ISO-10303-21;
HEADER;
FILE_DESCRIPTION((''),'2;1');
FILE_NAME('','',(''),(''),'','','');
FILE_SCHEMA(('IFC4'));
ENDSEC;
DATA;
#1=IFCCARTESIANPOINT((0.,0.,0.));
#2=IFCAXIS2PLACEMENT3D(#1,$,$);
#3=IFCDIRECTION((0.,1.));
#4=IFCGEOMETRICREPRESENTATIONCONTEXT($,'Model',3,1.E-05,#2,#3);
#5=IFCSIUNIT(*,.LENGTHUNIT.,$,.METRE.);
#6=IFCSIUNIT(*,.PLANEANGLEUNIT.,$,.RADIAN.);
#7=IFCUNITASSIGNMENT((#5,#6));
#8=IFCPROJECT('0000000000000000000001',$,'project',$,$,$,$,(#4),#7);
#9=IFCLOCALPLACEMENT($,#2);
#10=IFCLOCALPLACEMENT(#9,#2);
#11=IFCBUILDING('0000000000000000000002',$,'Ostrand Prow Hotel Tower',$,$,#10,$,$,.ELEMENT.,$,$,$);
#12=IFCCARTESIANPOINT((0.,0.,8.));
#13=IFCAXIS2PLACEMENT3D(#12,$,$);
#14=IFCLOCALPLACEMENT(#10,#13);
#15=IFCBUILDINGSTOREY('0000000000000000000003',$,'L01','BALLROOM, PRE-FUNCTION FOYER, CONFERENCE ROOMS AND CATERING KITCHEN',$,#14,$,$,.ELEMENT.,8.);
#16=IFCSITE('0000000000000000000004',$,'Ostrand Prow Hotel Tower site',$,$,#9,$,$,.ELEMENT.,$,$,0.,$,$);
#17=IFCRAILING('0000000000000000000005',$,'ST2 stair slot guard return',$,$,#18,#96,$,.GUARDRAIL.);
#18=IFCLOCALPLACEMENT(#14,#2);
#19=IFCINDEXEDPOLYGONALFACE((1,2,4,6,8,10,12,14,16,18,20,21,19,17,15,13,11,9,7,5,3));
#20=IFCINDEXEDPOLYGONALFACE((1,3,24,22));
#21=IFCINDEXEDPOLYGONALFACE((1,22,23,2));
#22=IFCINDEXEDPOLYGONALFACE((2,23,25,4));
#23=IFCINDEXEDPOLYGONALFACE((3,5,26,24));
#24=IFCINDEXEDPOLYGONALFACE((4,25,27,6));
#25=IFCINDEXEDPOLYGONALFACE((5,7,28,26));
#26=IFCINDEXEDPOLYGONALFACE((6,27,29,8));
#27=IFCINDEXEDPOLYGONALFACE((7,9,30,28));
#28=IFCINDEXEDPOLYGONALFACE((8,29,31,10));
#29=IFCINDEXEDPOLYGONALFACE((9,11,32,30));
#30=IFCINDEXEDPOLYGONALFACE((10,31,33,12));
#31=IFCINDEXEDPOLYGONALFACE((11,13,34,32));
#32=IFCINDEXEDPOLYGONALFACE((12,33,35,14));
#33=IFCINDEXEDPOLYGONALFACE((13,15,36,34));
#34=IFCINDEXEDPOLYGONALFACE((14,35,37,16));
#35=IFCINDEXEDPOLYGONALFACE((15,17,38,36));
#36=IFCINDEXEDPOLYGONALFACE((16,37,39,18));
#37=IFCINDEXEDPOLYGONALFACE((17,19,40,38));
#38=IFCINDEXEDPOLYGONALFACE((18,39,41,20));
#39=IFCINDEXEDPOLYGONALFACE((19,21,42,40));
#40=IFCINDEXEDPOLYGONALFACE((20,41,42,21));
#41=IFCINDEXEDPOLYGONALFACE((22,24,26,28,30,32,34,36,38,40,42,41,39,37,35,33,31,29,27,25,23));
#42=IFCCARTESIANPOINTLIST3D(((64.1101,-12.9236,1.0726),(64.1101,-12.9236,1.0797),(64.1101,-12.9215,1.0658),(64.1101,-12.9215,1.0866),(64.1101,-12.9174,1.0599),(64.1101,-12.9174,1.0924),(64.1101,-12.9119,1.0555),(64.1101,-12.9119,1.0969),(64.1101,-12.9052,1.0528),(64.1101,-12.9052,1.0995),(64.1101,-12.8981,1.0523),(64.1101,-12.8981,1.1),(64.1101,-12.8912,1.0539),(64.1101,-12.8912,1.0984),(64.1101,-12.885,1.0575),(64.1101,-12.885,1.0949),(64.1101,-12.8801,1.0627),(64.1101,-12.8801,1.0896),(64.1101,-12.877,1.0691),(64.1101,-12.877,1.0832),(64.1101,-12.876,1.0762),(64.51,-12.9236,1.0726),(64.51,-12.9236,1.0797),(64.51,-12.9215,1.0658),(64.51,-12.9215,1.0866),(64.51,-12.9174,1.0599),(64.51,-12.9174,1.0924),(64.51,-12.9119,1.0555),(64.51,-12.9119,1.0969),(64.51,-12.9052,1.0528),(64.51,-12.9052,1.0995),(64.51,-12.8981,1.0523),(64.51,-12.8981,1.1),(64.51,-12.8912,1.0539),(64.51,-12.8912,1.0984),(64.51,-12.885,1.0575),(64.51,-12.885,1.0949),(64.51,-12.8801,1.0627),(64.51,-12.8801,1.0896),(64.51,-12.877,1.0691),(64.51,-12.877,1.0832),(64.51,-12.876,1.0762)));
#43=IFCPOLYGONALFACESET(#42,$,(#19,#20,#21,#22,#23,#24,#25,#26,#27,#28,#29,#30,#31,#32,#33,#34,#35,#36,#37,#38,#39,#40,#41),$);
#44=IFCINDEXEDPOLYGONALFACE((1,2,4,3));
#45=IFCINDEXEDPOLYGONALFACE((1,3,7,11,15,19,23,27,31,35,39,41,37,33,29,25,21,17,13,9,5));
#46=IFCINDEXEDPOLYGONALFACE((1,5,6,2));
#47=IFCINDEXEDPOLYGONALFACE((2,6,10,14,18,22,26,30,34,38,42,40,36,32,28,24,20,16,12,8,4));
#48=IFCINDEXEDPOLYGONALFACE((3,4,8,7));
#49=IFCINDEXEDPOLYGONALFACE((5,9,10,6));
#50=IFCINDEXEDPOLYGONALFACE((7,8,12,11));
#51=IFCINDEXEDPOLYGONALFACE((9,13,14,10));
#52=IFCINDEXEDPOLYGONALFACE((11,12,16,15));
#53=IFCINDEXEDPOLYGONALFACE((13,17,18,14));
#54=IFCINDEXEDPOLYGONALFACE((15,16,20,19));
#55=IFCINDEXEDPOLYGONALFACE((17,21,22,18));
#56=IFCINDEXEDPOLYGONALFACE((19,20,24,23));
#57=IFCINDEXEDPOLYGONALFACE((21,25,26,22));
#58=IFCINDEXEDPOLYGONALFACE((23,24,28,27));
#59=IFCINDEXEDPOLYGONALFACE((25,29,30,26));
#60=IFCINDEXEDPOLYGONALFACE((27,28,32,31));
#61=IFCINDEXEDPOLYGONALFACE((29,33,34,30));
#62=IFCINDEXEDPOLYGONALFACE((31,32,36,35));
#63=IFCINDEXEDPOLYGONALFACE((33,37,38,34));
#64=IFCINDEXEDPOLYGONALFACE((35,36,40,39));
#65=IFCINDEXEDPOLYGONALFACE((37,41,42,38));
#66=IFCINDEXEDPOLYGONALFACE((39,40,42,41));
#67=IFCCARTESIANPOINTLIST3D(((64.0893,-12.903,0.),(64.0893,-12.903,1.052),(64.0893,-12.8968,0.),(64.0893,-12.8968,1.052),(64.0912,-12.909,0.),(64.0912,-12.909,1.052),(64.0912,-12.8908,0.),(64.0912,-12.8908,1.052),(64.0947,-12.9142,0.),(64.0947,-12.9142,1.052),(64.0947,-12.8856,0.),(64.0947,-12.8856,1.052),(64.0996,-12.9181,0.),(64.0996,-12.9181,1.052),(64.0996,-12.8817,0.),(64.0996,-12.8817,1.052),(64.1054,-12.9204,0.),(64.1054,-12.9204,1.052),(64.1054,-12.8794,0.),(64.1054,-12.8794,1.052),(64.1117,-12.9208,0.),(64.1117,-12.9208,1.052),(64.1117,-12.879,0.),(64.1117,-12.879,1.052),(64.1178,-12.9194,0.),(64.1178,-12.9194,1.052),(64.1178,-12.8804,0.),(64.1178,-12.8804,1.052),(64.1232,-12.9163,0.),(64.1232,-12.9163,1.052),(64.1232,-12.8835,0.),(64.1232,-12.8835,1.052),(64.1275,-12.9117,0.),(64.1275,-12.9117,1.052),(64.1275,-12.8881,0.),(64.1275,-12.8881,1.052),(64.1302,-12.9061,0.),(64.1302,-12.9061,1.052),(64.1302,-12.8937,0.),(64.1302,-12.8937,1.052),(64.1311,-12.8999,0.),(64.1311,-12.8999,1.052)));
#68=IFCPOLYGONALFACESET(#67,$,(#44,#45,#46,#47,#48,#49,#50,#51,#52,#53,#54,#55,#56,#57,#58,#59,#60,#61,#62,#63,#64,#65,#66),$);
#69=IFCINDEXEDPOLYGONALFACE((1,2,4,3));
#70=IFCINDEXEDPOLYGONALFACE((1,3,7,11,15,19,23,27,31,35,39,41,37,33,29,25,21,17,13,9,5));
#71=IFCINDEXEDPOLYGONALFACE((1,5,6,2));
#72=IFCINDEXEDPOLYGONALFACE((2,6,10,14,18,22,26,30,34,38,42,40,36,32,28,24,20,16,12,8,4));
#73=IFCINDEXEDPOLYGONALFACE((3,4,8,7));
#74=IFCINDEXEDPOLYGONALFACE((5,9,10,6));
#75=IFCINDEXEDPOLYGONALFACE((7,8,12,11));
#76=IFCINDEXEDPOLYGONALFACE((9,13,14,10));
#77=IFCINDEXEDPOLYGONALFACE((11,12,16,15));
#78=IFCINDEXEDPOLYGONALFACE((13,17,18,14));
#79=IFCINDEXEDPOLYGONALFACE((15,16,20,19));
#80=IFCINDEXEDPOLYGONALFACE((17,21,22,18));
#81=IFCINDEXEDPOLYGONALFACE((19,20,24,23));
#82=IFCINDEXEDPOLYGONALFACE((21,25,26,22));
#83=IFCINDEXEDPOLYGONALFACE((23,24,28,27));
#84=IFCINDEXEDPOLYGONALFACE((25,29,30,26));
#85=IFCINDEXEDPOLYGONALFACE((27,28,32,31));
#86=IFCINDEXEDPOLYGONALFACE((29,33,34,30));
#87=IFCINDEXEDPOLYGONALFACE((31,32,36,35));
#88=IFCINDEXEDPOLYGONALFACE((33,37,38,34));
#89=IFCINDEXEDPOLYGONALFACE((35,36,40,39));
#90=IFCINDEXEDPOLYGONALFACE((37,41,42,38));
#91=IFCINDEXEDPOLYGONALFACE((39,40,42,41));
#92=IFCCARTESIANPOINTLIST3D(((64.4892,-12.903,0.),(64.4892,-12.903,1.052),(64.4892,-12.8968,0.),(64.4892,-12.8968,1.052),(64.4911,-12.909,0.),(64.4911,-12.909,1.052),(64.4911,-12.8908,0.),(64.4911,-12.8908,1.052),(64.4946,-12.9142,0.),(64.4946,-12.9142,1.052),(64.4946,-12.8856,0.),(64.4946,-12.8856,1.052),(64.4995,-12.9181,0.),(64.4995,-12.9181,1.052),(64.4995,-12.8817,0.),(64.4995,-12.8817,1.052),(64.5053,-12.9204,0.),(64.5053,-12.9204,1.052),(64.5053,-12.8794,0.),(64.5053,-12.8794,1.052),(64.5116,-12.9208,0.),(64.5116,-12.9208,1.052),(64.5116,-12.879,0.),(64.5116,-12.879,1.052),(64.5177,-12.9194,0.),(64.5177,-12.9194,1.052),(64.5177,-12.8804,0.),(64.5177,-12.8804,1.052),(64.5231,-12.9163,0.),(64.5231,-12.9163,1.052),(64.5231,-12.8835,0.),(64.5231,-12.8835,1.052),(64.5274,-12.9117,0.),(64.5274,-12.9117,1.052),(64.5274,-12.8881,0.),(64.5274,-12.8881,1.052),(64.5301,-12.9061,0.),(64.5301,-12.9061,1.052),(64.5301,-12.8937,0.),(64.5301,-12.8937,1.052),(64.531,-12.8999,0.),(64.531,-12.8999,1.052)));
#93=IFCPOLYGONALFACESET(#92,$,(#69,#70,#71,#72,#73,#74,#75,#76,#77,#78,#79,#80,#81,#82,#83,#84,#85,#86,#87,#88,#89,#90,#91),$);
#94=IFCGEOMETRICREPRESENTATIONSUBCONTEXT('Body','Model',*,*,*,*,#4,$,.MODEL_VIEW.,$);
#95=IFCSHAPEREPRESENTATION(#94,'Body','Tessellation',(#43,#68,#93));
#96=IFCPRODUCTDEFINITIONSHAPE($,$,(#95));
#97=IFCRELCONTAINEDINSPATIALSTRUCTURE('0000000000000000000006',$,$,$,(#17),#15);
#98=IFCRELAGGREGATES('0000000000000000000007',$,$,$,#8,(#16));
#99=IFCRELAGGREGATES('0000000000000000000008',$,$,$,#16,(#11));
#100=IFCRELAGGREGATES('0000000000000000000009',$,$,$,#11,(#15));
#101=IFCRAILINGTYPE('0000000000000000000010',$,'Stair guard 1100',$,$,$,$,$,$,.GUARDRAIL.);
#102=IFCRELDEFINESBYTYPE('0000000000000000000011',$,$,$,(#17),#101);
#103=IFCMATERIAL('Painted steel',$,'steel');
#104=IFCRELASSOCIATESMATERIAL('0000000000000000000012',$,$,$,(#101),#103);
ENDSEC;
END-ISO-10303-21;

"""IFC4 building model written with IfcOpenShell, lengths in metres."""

from ifc_helpers import new_model, si_unit, direction, frame, origin, origin_2d, place, context, subcontext, project, spatial, circle, extrude, material, type_object, element, save


model = new_model("IFC4")

# Units and contexts
model_context = context("Model", 3, precision=1e-05, world=origin(), true_north=direction((0.0, 1.0)))
body_context = subcontext(model_context, "Body", "Model", "MODEL_VIEW")
ifc_project = project(units=[si_unit("LENGTHUNIT", "METRE"), si_unit("PLANEANGLEUNIT", "RADIAN")], contexts=[model_context])

# Site, building, storey
site_placement = place(None, origin())
site = spatial("IfcSite", under=ifc_project, at=site_placement, Name="Ostrand Prow Hotel Tower site", CompositionType="ELEMENT", RefElevation=0.0)
building_placement = place(site_placement, origin())
building = spatial("IfcBuilding", under=site, at=building_placement, Name="Ostrand Prow Hotel Tower", CompositionType="ELEMENT")
storey_placement = place(building_placement, frame((0.0, 0.0, 8.0)))
storey = spatial("IfcBuildingStorey", under=building, at=storey_placement, Name="L01", Description="BALLROOM, PRE-FUNCTION FOYER, CONFERENCE ROOMS AND CATERING KITCHEN", CompositionType="ELEMENT", Elevation=8.0)

# Railing
ifc_material_1 = material(Name="Painted steel", Category="steel")
railing_type_1 = type_object("IfcRailingType", Name="Stair guard 1100", PredefinedType="GUARDRAIL", material=ifc_material_1)
railing_1_placement = place(storey_placement, frame((64.1101, -12.8999, 0.0)))
element("IfcRailing", 1, at=railing_1_placement, inside=storey, type_object=railing_type_1, Name="ST2 stair slot guard return", PredefinedType="GUARDRAIL", context=body_context, shape_type="SweptSolid", body=[
    extrude(circle(Radius=0.0239, at=origin_2d()), frame((0.0, 0.0, 1.0762), z_axis=(1.0, 0.0, 0.0), x_axis=(0.0, 1.0, 0.0)), (0.0, 0.0, 1.0), 0.3999),
    extrude(circle(Radius=0.021, at=origin_2d()), origin(), (0.0, 0.0, 1.0), 1.052),
    extrude(circle(Radius=0.021, at=origin_2d()), frame((0.3999, 0.0, 0.0)), (0.0, 0.0, 1.0), 1.052),
])

save(model, "model.ifc")
